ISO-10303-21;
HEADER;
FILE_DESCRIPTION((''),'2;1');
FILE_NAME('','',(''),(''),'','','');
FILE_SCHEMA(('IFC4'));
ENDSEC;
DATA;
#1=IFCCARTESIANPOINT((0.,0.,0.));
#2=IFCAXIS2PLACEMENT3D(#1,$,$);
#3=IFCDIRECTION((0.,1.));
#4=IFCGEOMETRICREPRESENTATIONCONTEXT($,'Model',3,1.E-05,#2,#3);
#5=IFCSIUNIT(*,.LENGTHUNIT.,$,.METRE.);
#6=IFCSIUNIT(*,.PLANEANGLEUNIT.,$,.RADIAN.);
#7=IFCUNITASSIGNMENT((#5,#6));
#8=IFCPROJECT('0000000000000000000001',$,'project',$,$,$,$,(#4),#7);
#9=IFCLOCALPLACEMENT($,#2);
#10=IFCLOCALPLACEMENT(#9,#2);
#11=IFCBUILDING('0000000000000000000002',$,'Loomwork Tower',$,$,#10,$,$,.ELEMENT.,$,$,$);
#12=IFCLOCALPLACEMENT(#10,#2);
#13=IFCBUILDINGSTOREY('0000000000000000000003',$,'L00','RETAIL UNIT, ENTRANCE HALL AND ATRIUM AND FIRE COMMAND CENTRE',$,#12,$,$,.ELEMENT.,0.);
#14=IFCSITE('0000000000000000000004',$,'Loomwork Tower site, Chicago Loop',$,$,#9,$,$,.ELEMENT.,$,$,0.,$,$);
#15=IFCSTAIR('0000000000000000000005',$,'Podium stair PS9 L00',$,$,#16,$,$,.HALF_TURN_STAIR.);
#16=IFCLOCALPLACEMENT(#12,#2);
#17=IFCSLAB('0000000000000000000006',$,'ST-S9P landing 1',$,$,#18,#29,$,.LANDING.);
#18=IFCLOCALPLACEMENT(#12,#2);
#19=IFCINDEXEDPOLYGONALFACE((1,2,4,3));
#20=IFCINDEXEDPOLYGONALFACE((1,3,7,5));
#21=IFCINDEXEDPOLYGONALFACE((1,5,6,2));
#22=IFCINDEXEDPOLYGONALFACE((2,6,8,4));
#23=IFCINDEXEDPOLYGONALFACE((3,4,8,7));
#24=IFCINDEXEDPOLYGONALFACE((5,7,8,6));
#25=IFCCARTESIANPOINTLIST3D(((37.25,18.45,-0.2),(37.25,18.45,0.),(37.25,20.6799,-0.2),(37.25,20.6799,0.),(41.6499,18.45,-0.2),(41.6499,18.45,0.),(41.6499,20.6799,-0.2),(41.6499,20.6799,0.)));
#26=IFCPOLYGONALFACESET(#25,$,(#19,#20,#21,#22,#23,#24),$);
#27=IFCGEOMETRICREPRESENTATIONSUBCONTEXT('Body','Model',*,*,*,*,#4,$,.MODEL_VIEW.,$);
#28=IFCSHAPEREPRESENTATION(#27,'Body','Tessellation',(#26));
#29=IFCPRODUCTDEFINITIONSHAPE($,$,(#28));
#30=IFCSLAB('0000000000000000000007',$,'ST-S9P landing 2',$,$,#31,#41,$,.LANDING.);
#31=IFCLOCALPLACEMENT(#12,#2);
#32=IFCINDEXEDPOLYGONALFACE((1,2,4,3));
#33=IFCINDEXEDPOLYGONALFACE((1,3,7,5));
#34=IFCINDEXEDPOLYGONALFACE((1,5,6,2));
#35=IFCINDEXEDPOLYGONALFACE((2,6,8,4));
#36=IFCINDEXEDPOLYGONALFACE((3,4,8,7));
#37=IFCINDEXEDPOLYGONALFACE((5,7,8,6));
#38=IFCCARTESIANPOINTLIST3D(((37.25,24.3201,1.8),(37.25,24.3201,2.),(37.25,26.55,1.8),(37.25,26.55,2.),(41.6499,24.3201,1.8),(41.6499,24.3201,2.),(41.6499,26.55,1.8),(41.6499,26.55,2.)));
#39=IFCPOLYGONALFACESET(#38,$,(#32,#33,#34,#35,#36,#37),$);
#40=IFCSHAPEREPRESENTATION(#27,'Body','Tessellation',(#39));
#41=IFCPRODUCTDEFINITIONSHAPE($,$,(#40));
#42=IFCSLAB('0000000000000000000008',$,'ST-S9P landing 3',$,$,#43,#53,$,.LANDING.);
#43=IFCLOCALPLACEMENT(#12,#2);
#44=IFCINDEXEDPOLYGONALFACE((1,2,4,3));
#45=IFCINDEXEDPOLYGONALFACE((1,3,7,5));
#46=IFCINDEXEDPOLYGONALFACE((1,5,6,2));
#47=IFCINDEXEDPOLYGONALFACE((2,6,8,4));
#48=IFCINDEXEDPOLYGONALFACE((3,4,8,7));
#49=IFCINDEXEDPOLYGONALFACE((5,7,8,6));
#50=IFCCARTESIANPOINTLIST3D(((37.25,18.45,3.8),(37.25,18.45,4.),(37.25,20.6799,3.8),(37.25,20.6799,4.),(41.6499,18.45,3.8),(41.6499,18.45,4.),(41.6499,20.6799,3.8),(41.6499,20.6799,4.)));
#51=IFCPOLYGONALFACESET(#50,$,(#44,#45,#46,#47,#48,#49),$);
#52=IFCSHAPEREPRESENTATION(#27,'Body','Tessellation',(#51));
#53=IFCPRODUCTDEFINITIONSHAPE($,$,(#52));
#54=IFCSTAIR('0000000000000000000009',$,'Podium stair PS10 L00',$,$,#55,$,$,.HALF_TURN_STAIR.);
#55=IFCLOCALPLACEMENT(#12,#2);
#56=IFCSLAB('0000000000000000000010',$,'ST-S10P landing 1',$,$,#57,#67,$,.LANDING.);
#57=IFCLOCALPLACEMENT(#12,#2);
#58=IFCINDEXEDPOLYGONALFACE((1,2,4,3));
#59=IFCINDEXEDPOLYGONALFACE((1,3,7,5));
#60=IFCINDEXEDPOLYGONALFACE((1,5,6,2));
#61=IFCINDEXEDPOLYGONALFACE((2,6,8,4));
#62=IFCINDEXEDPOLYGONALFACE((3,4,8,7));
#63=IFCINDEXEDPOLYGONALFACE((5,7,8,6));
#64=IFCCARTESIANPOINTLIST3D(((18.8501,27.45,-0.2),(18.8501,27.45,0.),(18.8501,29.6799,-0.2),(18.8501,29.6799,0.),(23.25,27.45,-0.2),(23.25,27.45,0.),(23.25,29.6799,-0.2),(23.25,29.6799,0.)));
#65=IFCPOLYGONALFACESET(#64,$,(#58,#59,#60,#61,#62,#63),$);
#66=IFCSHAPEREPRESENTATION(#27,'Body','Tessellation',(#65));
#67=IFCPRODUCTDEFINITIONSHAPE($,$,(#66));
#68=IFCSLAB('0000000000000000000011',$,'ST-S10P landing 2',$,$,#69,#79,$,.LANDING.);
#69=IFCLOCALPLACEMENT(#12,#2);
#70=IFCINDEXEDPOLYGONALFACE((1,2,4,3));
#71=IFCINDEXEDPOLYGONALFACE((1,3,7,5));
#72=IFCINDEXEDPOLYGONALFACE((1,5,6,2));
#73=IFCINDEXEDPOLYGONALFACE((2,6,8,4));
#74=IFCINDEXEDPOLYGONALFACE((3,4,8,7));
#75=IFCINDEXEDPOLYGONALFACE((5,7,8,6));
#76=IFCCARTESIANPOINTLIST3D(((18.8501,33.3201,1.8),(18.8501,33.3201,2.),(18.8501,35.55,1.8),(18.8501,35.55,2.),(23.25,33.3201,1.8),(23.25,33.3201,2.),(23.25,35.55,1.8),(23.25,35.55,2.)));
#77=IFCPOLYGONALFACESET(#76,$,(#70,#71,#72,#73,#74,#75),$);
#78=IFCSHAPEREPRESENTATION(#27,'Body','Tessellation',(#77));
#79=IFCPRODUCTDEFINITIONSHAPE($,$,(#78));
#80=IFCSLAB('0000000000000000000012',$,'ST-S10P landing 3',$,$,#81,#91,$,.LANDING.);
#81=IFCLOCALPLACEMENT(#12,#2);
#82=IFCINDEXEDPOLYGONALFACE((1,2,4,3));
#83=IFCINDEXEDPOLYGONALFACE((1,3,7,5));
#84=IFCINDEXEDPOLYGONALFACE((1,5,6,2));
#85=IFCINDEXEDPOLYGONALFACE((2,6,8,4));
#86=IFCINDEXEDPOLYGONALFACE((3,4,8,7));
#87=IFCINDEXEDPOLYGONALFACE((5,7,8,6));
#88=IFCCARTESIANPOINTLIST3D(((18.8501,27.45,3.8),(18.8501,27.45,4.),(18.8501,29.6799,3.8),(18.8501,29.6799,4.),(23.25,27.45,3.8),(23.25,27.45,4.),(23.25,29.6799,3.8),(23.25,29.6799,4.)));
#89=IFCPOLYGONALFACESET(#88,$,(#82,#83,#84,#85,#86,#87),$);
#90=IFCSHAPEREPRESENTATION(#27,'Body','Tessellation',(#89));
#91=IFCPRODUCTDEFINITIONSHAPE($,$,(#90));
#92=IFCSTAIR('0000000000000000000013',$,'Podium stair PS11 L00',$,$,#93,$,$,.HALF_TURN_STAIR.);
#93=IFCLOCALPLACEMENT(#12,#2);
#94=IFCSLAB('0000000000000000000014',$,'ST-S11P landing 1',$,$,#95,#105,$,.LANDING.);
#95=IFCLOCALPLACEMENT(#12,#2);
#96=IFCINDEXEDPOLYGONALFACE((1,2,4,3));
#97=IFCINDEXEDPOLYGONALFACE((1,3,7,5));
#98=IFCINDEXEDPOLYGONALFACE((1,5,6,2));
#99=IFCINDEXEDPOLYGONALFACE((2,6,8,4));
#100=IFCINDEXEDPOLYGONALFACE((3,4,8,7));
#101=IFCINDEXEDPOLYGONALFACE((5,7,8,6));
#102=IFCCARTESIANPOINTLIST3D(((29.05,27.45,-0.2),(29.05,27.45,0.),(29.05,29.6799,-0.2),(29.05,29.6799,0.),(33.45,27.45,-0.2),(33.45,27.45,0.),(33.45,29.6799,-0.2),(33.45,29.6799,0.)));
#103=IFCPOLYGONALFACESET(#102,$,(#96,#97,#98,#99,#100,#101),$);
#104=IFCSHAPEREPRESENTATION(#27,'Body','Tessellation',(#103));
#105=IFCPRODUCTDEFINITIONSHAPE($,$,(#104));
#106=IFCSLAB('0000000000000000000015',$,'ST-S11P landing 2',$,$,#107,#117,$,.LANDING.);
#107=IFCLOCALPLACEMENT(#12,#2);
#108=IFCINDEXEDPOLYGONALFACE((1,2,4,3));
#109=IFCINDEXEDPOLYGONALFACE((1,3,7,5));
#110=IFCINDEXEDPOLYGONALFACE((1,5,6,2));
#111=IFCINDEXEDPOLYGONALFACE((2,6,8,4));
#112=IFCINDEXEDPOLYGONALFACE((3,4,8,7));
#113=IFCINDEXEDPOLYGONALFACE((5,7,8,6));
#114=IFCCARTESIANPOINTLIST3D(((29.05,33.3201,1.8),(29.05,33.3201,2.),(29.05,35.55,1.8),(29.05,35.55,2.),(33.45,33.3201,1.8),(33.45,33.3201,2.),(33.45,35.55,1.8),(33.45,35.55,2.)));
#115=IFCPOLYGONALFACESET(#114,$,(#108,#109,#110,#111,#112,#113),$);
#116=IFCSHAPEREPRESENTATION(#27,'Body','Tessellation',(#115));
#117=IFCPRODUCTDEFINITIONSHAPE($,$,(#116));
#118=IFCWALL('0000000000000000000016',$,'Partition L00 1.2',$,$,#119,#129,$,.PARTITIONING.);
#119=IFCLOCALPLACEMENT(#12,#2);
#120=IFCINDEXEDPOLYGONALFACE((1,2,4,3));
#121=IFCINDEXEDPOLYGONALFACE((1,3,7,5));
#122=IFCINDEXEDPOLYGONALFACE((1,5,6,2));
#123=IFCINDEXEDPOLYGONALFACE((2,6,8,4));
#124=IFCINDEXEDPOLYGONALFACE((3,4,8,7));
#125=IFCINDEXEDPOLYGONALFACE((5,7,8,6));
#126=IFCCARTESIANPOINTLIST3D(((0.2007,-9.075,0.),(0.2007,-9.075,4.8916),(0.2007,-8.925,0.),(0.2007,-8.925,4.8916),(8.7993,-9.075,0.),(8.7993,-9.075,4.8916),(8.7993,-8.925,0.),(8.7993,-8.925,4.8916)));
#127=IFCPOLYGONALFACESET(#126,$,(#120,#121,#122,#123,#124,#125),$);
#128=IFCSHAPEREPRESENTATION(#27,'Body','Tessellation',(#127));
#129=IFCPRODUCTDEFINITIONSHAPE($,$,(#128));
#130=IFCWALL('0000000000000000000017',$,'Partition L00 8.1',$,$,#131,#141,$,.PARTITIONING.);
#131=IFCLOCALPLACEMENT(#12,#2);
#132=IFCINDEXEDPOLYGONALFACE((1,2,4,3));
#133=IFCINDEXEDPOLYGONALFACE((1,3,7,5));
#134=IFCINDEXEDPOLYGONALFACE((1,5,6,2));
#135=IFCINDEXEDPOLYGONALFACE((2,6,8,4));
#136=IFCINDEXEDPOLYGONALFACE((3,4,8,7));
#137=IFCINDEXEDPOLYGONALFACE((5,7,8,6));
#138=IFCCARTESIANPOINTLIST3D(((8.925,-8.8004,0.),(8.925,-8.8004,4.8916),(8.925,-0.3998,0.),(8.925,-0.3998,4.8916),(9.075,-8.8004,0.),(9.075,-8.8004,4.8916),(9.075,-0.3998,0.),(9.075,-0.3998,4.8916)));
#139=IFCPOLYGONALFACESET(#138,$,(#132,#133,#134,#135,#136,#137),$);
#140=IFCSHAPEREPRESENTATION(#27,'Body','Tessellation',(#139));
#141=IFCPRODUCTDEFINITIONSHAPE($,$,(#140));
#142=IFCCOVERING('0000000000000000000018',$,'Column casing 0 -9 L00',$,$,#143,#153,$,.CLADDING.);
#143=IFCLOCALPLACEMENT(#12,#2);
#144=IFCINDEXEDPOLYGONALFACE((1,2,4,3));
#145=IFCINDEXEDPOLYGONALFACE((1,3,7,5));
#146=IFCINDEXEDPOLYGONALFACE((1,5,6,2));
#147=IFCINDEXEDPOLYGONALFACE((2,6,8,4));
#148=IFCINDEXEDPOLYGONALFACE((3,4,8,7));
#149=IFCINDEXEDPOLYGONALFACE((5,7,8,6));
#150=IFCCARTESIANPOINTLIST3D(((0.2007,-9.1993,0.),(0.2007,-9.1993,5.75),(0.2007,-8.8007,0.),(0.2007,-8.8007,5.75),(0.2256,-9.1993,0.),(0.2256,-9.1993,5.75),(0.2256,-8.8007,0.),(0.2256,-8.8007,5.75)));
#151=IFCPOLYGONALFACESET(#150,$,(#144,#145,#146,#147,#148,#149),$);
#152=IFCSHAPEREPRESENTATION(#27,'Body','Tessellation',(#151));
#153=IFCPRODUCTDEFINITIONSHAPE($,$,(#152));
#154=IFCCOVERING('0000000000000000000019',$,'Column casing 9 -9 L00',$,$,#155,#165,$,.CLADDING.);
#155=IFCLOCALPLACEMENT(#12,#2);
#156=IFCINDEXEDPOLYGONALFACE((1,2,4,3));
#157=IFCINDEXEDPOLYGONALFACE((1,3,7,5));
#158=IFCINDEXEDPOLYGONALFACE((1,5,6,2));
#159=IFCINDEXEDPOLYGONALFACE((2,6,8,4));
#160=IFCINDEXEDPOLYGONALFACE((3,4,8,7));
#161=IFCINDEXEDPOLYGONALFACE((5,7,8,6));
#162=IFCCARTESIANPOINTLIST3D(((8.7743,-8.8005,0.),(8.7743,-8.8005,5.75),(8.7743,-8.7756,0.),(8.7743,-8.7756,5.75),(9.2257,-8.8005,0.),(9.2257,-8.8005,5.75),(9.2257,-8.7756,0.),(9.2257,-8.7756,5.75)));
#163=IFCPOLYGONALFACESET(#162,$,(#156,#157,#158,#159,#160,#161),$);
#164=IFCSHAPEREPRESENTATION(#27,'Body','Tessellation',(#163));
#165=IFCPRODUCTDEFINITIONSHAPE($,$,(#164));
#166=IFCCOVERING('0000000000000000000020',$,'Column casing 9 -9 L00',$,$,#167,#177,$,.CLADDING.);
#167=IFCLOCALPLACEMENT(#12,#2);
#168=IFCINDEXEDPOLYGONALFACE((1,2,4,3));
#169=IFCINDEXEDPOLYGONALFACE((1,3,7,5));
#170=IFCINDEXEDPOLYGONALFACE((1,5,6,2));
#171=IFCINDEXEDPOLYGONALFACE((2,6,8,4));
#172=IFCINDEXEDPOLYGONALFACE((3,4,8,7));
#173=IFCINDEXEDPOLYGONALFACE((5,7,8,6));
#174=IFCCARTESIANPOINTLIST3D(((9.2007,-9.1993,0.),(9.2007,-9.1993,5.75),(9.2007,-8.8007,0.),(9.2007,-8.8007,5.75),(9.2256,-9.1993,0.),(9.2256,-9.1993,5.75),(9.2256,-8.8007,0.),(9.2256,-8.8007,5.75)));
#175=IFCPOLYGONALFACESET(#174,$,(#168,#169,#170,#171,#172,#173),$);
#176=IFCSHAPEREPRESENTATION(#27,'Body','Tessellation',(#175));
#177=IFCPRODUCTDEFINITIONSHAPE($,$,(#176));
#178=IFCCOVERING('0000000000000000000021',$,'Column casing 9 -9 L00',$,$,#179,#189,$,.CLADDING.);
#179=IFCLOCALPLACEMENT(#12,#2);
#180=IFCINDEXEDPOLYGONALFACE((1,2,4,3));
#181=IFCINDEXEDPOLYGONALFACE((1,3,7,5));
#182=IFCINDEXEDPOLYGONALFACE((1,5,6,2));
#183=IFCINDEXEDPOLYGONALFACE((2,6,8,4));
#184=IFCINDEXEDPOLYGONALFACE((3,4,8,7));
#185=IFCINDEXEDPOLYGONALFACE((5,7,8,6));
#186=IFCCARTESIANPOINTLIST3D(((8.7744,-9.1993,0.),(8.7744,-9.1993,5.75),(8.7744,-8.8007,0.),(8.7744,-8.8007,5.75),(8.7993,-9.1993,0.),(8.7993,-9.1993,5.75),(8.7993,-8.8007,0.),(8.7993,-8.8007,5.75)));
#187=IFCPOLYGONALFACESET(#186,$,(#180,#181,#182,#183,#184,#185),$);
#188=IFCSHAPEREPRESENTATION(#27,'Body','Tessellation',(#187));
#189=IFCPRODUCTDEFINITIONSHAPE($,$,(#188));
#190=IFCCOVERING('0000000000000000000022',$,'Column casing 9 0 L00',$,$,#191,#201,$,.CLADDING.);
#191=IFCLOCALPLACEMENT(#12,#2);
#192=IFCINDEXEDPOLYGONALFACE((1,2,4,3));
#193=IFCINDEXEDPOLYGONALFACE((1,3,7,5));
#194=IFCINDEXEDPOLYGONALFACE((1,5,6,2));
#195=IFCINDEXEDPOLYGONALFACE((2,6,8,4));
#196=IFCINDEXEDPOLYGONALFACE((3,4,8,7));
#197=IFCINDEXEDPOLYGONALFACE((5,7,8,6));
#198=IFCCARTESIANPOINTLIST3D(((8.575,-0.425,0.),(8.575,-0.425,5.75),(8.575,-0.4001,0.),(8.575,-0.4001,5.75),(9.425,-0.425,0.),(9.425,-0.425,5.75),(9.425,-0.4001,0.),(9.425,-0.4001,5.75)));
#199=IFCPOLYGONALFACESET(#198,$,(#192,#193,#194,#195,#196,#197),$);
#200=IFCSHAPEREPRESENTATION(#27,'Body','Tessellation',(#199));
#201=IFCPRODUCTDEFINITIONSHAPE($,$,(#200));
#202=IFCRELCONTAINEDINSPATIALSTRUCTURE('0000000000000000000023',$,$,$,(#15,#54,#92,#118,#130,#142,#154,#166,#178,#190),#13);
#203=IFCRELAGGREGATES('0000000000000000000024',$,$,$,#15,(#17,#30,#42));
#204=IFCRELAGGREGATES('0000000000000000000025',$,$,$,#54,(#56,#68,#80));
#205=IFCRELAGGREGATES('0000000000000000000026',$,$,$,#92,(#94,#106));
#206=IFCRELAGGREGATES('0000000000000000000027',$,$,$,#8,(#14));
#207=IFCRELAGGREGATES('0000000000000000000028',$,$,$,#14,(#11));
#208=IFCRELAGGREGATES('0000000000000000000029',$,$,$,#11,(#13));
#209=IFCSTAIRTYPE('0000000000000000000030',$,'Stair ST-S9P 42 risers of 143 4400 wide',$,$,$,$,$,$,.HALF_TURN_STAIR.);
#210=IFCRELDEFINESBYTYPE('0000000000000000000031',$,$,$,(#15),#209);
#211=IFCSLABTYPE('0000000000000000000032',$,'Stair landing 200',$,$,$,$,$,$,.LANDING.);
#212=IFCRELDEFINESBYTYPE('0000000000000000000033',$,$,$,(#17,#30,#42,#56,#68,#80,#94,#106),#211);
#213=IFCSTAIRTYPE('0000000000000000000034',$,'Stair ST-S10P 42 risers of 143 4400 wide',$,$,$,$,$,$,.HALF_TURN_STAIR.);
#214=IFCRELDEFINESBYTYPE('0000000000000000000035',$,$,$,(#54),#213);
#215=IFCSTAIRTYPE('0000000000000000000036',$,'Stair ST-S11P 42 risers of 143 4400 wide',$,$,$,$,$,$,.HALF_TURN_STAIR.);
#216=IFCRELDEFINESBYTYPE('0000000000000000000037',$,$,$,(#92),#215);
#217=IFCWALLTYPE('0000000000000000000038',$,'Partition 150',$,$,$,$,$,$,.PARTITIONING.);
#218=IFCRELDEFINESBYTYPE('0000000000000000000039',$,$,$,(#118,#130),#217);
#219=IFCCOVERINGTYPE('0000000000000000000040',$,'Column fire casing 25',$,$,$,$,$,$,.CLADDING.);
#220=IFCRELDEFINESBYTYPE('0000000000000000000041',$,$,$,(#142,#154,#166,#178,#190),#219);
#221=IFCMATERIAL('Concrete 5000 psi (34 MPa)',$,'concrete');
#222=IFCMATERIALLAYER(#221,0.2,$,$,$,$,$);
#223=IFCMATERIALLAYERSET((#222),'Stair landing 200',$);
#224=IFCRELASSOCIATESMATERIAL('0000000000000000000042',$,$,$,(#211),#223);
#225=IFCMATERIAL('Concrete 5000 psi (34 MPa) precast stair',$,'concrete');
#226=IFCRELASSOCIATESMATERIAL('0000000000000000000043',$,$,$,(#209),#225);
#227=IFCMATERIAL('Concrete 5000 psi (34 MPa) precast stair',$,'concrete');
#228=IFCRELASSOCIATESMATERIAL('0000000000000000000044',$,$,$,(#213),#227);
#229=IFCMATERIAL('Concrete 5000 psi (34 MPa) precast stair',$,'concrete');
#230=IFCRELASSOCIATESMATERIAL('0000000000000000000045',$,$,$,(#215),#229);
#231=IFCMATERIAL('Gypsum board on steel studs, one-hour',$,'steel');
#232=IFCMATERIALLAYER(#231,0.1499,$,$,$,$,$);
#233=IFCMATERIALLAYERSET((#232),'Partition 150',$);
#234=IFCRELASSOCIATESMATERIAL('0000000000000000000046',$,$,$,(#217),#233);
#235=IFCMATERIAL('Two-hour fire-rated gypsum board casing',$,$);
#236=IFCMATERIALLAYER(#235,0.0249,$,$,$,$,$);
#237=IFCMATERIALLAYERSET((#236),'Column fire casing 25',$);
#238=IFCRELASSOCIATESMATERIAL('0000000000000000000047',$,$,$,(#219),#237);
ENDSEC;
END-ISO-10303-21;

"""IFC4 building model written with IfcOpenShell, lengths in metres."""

from ifc_helpers import new_model, si_unit, direction, frame, frame_2d, origin, origin_2d, place, context, subcontext, project, spatial, polyline, rectangle, outline, extrude, material, layer, layer_set, type_object, element, aggregate, save


model = new_model("IFC4")

# Units and contexts
model_context = context("Model", 3, precision=1e-05, world=origin(), true_north=direction((0.0, 1.0)))
body_context = subcontext(model_context, "Body", "Model", "MODEL_VIEW")
ifc_project = project(units=[si_unit("LENGTHUNIT", "METRE"), si_unit("PLANEANGLEUNIT", "RADIAN")], contexts=[model_context])

# Site, building, storey
site_placement = place(None, origin())
site = spatial("IfcSite", under=ifc_project, at=site_placement, Name="Loomwork Tower site, Chicago Loop", CompositionType="ELEMENT", RefElevation=0.0)
building_placement = place(site_placement, origin())
building = spatial("IfcBuilding", under=site, at=building_placement, Name="Loomwork Tower", CompositionType="ELEMENT")
storey_placement = place(building_placement, origin())
storey = spatial("IfcBuildingStorey", under=building, at=storey_placement, Name="L00", Description="RETAIL UNIT, ENTRANCE HALL AND ATRIUM AND FIRE COMMAND CENTRE", CompositionType="ELEMENT", Elevation=0.0)

# Stairs, slabs
ifc_material_1 = material(Name="Concrete 5000 psi (34 MPa)", Category="concrete")
ifc_layer_1 = layer(ifc_material_1, 0.2)
ifc_layer_set_1 = layer_set([ifc_layer_1], Name="Stair landing 200")
slab_type = type_object("IfcSlabType", Name="Stair landing 200", PredefinedType="LANDING", material=ifc_layer_set_1)
ifc_material_2 = material(Name="Concrete 5000 psi (34 MPa) precast stair", Category="concrete")
stair_type_1 = type_object("IfcStairType", Name="Stair ST-S9P 42 risers of 143 4400 wide", PredefinedType="HALF_TURN_STAIR", material=ifc_material_2)
stair_1_placement = place(storey_placement, origin())
stair_1 = element("IfcStair", 1, at=stair_1_placement, inside=storey, type_object=stair_type_1, Name="Podium stair PS9 L00", PredefinedType="HALF_TURN_STAIR")
slab_1_placement = place(storey_placement, frame((0.0, 0.0, -0.2)))
slab_1 = element("IfcSlab", 2, at=slab_1_placement, type_object=slab_type, Name="ST-S9P landing 1", PredefinedType="LANDING", context=body_context, shape_type="SweptSolid", body=[
    extrude(outline(polyline([(37.25, 18.45), (41.6499, 18.45), (41.6499, 20.6799), (37.25, 20.6799), (37.25, 18.45)])), origin(), (0.0, 0.0, 1.0), 0.2),
])
slab_2_placement = place(storey_placement, frame((0.0, 0.0, 1.8)))
slab_2 = element("IfcSlab", 3, at=slab_2_placement, type_object=slab_type, Name="ST-S9P landing 2", PredefinedType="LANDING", context=body_context, shape_type="SweptSolid", body=[
    extrude(outline(polyline([(37.25, 24.3201), (41.6499, 24.3201), (41.6499, 26.55), (37.25, 26.55), (37.25, 24.3201)])), origin(), (0.0, 0.0, 1.0), 0.2),
])
slab_3_placement = place(storey_placement, frame((0.0, 0.0, 3.8)))
slab_3 = element("IfcSlab", 4, at=slab_3_placement, type_object=slab_type, Name="ST-S9P landing 3", PredefinedType="LANDING", context=body_context, shape_type="SweptSolid", body=[
    extrude(outline(polyline([(37.25, 18.45), (41.6499, 18.45), (41.6499, 20.6799), (37.25, 20.6799), (37.25, 18.45)])), origin(), (0.0, 0.0, 1.0), 0.2),
])
aggregate(stair_1, [slab_1, slab_2, slab_3])
ifc_material_3 = material(Name="Concrete 5000 psi (34 MPa) precast stair", Category="concrete")
stair_type_2 = type_object("IfcStairType", Name="Stair ST-S10P 42 risers of 143 4400 wide", PredefinedType="HALF_TURN_STAIR", material=ifc_material_3)
stair_2_placement = place(storey_placement, origin())
stair_2 = element("IfcStair", 5, at=stair_2_placement, inside=storey, type_object=stair_type_2, Name="Podium stair PS10 L00", PredefinedType="HALF_TURN_STAIR")
slab_4_placement = place(storey_placement, frame((0.0, 0.0, -0.2)))
slab_4 = element("IfcSlab", 6, at=slab_4_placement, type_object=slab_type, Name="ST-S10P landing 1", PredefinedType="LANDING", context=body_context, shape_type="SweptSolid", body=[
    extrude(outline(polyline([(18.8501, 27.45), (23.25, 27.45), (23.25, 29.6799), (18.8501, 29.6799), (18.8501, 27.45)])), origin(), (0.0, 0.0, 1.0), 0.2),
])
slab_5_placement = place(storey_placement, frame((0.0, 0.0, 1.8)))
slab_5 = element("IfcSlab", 7, at=slab_5_placement, type_object=slab_type, Name="ST-S10P landing 2", PredefinedType="LANDING", context=body_context, shape_type="SweptSolid", body=[
    extrude(outline(polyline([(18.8501, 33.3201), (23.25, 33.3201), (23.25, 35.55), (18.8501, 35.55), (18.8501, 33.3201)])), origin(), (0.0, 0.0, 1.0), 0.2),
])
slab_6_placement = place(storey_placement, frame((0.0, 0.0, 3.8)))
slab_6 = element("IfcSlab", 8, at=slab_6_placement, type_object=slab_type, Name="ST-S10P landing 3", PredefinedType="LANDING", context=body_context, shape_type="SweptSolid", body=[
    extrude(outline(polyline([(18.8501, 27.45), (23.25, 27.45), (23.25, 29.6799), (18.8501, 29.6799), (18.8501, 27.45)])), origin(), (0.0, 0.0, 1.0), 0.2),
])
aggregate(stair_2, [slab_4, slab_5, slab_6])
ifc_material_4 = material(Name="Concrete 5000 psi (34 MPa) precast stair", Category="concrete")
stair_type_3 = type_object("IfcStairType", Name="Stair ST-S11P 42 risers of 143 4400 wide", PredefinedType="HALF_TURN_STAIR", material=ifc_material_4)
stair_3_placement = place(storey_placement, origin())
stair_3 = element("IfcStair", 9, at=stair_3_placement, inside=storey, type_object=stair_type_3, Name="Podium stair PS11 L00", PredefinedType="HALF_TURN_STAIR")
slab_7_placement = place(storey_placement, frame((0.0, 0.0, -0.2)))
slab_7 = element("IfcSlab", 10, at=slab_7_placement, type_object=slab_type, Name="ST-S11P landing 1", PredefinedType="LANDING", context=body_context, shape_type="SweptSolid", body=[
    extrude(outline(polyline([(29.05, 27.45), (33.45, 27.45), (33.45, 29.6799), (29.05, 29.6799), (29.05, 27.45)])), origin(), (0.0, 0.0, 1.0), 0.2),
])
slab_8_placement = place(storey_placement, frame((0.0, 0.0, 1.8)))
slab_8 = element("IfcSlab", 11, at=slab_8_placement, type_object=slab_type, Name="ST-S11P landing 2", PredefinedType="LANDING", context=body_context, shape_type="SweptSolid", body=[
    extrude(outline(polyline([(29.05, 33.3201), (33.45, 33.3201), (33.45, 35.55), (29.05, 35.55), (29.05, 33.3201)])), origin(), (0.0, 0.0, 1.0), 0.2),
])
aggregate(stair_3, [slab_7, slab_8])

# Walls
ifc_material_5 = material(Name="Gypsum board on steel studs, one-hour", Category="steel")
ifc_layer_2 = layer(ifc_material_5, 0.1499)
ifc_layer_set_2 = layer_set([ifc_layer_2], Name="Partition 150")
wall_type = type_object("IfcWallType", Name="Partition 150", PredefinedType="PARTITIONING", material=ifc_layer_set_2)
wall_1_placement = place(storey_placement, frame((0.2007, -9.0, 0.0), z_axis=(0.0, 0.0, 1.0), x_axis=(1.0, 0.0, 0.0)))
element("IfcWall", 12, at=wall_1_placement, inside=storey, type_object=wall_type, Name="Partition L00 1.2", PredefinedType="PARTITIONING", context=body_context, shape_type="SweptSolid", body=[
    extrude(rectangle(XDim=8.5986, YDim=0.1499, at=frame_2d((4.2993, 0.0))), origin(), (0.0, 0.0, 1.0), 4.8916),
])
wall_2_placement = place(storey_placement, frame((9.0, -0.3999, 0.0), z_axis=(0.0, 0.0, 1.0), x_axis=(0.0, -1.0, 0.0)))
element("IfcWall", 13, at=wall_2_placement, inside=storey, type_object=wall_type, Name="Partition L00 8.1", PredefinedType="PARTITIONING", context=body_context, shape_type="SweptSolid", body=[
    extrude(rectangle(XDim=8.4006, YDim=0.1499, at=frame_2d((4.2002, 0.0))), origin(), (0.0, 0.0, 1.0), 4.8916),
])

# Coverings
ifc_material_6 = material(Name="Two-hour fire-rated gypsum board casing")
ifc_layer_3 = layer(ifc_material_6, 0.0249)
ifc_layer_set_3 = layer_set([ifc_layer_3], Name="Column fire casing 25")
covering_type = type_object("IfcCoveringType", Name="Column fire casing 25", PredefinedType="CLADDING", material=ifc_layer_set_3)
covering_1_placement = place(storey_placement, frame((0.2131, -9.0, 0.0), z_axis=(0.0, 0.0, 1.0), x_axis=(1.0, 0.0, 0.0)))
element("IfcCovering", 14, at=covering_1_placement, inside=storey, type_object=covering_type, Name="Column casing 0 -9 L00", PredefinedType="CLADDING", context=body_context, shape_type="SweptSolid", body=[
    extrude(rectangle(XDim=0.0249, YDim=0.3987, at=origin_2d()), origin(), (0.0, 0.0, 1.0), 5.75),
])
covering_2_placement = place(storey_placement, frame((9.0, -8.7881, 0.0), z_axis=(0.0, 0.0, 1.0), x_axis=(1.0, 0.0, 0.0)))
element("IfcCovering", 15, at=covering_2_placement, inside=storey, type_object=covering_type, Name="Column casing 9 -9 L00", PredefinedType="CLADDING", context=body_context, shape_type="SweptSolid", body=[
    extrude(rectangle(XDim=0.4514, YDim=0.0249, at=origin_2d()), origin(), (0.0, 0.0, 1.0), 5.75),
])
for number, where, z_axis, x_axis, name in (
    (16, (9.2131, -9.0, 0.0), (0.0, 0.0, 1.0), (1.0, 0.0, 0.0), "Column casing 9 -9 L00"),
    (17, (8.7869, -9.0, 0.0), (0.0, 0.0, 1.0), (1.0, 0.0, 0.0), "Column casing 9 -9 L00"),
):
    element("IfcCovering", number, at=place(storey_placement, frame(where, z_axis=z_axis, x_axis=x_axis)), inside=storey, type_object=covering_type, Name=name, PredefinedType="CLADDING", context=body_context, shape_type="SweptSolid", body=[
        extrude(rectangle(XDim=0.0249, YDim=0.3987, at=origin_2d()), origin(), (0.0, 0.0, 1.0), 5.75),
    ])
covering_3_placement = place(storey_placement, frame((9.0, -0.4126, 0.0), z_axis=(0.0, 0.0, 1.0), x_axis=(1.0, 0.0, 0.0)))
element("IfcCovering", 18, at=covering_3_placement, inside=storey, type_object=covering_type, Name="Column casing 9 0 L00", PredefinedType="CLADDING", context=body_context, shape_type="SweptSolid", body=[
    extrude(rectangle(XDim=0.8501, YDim=0.0249, at=origin_2d()), origin(), (0.0, 0.0, 1.0), 5.75),
])

save(model, "model.ifc")
